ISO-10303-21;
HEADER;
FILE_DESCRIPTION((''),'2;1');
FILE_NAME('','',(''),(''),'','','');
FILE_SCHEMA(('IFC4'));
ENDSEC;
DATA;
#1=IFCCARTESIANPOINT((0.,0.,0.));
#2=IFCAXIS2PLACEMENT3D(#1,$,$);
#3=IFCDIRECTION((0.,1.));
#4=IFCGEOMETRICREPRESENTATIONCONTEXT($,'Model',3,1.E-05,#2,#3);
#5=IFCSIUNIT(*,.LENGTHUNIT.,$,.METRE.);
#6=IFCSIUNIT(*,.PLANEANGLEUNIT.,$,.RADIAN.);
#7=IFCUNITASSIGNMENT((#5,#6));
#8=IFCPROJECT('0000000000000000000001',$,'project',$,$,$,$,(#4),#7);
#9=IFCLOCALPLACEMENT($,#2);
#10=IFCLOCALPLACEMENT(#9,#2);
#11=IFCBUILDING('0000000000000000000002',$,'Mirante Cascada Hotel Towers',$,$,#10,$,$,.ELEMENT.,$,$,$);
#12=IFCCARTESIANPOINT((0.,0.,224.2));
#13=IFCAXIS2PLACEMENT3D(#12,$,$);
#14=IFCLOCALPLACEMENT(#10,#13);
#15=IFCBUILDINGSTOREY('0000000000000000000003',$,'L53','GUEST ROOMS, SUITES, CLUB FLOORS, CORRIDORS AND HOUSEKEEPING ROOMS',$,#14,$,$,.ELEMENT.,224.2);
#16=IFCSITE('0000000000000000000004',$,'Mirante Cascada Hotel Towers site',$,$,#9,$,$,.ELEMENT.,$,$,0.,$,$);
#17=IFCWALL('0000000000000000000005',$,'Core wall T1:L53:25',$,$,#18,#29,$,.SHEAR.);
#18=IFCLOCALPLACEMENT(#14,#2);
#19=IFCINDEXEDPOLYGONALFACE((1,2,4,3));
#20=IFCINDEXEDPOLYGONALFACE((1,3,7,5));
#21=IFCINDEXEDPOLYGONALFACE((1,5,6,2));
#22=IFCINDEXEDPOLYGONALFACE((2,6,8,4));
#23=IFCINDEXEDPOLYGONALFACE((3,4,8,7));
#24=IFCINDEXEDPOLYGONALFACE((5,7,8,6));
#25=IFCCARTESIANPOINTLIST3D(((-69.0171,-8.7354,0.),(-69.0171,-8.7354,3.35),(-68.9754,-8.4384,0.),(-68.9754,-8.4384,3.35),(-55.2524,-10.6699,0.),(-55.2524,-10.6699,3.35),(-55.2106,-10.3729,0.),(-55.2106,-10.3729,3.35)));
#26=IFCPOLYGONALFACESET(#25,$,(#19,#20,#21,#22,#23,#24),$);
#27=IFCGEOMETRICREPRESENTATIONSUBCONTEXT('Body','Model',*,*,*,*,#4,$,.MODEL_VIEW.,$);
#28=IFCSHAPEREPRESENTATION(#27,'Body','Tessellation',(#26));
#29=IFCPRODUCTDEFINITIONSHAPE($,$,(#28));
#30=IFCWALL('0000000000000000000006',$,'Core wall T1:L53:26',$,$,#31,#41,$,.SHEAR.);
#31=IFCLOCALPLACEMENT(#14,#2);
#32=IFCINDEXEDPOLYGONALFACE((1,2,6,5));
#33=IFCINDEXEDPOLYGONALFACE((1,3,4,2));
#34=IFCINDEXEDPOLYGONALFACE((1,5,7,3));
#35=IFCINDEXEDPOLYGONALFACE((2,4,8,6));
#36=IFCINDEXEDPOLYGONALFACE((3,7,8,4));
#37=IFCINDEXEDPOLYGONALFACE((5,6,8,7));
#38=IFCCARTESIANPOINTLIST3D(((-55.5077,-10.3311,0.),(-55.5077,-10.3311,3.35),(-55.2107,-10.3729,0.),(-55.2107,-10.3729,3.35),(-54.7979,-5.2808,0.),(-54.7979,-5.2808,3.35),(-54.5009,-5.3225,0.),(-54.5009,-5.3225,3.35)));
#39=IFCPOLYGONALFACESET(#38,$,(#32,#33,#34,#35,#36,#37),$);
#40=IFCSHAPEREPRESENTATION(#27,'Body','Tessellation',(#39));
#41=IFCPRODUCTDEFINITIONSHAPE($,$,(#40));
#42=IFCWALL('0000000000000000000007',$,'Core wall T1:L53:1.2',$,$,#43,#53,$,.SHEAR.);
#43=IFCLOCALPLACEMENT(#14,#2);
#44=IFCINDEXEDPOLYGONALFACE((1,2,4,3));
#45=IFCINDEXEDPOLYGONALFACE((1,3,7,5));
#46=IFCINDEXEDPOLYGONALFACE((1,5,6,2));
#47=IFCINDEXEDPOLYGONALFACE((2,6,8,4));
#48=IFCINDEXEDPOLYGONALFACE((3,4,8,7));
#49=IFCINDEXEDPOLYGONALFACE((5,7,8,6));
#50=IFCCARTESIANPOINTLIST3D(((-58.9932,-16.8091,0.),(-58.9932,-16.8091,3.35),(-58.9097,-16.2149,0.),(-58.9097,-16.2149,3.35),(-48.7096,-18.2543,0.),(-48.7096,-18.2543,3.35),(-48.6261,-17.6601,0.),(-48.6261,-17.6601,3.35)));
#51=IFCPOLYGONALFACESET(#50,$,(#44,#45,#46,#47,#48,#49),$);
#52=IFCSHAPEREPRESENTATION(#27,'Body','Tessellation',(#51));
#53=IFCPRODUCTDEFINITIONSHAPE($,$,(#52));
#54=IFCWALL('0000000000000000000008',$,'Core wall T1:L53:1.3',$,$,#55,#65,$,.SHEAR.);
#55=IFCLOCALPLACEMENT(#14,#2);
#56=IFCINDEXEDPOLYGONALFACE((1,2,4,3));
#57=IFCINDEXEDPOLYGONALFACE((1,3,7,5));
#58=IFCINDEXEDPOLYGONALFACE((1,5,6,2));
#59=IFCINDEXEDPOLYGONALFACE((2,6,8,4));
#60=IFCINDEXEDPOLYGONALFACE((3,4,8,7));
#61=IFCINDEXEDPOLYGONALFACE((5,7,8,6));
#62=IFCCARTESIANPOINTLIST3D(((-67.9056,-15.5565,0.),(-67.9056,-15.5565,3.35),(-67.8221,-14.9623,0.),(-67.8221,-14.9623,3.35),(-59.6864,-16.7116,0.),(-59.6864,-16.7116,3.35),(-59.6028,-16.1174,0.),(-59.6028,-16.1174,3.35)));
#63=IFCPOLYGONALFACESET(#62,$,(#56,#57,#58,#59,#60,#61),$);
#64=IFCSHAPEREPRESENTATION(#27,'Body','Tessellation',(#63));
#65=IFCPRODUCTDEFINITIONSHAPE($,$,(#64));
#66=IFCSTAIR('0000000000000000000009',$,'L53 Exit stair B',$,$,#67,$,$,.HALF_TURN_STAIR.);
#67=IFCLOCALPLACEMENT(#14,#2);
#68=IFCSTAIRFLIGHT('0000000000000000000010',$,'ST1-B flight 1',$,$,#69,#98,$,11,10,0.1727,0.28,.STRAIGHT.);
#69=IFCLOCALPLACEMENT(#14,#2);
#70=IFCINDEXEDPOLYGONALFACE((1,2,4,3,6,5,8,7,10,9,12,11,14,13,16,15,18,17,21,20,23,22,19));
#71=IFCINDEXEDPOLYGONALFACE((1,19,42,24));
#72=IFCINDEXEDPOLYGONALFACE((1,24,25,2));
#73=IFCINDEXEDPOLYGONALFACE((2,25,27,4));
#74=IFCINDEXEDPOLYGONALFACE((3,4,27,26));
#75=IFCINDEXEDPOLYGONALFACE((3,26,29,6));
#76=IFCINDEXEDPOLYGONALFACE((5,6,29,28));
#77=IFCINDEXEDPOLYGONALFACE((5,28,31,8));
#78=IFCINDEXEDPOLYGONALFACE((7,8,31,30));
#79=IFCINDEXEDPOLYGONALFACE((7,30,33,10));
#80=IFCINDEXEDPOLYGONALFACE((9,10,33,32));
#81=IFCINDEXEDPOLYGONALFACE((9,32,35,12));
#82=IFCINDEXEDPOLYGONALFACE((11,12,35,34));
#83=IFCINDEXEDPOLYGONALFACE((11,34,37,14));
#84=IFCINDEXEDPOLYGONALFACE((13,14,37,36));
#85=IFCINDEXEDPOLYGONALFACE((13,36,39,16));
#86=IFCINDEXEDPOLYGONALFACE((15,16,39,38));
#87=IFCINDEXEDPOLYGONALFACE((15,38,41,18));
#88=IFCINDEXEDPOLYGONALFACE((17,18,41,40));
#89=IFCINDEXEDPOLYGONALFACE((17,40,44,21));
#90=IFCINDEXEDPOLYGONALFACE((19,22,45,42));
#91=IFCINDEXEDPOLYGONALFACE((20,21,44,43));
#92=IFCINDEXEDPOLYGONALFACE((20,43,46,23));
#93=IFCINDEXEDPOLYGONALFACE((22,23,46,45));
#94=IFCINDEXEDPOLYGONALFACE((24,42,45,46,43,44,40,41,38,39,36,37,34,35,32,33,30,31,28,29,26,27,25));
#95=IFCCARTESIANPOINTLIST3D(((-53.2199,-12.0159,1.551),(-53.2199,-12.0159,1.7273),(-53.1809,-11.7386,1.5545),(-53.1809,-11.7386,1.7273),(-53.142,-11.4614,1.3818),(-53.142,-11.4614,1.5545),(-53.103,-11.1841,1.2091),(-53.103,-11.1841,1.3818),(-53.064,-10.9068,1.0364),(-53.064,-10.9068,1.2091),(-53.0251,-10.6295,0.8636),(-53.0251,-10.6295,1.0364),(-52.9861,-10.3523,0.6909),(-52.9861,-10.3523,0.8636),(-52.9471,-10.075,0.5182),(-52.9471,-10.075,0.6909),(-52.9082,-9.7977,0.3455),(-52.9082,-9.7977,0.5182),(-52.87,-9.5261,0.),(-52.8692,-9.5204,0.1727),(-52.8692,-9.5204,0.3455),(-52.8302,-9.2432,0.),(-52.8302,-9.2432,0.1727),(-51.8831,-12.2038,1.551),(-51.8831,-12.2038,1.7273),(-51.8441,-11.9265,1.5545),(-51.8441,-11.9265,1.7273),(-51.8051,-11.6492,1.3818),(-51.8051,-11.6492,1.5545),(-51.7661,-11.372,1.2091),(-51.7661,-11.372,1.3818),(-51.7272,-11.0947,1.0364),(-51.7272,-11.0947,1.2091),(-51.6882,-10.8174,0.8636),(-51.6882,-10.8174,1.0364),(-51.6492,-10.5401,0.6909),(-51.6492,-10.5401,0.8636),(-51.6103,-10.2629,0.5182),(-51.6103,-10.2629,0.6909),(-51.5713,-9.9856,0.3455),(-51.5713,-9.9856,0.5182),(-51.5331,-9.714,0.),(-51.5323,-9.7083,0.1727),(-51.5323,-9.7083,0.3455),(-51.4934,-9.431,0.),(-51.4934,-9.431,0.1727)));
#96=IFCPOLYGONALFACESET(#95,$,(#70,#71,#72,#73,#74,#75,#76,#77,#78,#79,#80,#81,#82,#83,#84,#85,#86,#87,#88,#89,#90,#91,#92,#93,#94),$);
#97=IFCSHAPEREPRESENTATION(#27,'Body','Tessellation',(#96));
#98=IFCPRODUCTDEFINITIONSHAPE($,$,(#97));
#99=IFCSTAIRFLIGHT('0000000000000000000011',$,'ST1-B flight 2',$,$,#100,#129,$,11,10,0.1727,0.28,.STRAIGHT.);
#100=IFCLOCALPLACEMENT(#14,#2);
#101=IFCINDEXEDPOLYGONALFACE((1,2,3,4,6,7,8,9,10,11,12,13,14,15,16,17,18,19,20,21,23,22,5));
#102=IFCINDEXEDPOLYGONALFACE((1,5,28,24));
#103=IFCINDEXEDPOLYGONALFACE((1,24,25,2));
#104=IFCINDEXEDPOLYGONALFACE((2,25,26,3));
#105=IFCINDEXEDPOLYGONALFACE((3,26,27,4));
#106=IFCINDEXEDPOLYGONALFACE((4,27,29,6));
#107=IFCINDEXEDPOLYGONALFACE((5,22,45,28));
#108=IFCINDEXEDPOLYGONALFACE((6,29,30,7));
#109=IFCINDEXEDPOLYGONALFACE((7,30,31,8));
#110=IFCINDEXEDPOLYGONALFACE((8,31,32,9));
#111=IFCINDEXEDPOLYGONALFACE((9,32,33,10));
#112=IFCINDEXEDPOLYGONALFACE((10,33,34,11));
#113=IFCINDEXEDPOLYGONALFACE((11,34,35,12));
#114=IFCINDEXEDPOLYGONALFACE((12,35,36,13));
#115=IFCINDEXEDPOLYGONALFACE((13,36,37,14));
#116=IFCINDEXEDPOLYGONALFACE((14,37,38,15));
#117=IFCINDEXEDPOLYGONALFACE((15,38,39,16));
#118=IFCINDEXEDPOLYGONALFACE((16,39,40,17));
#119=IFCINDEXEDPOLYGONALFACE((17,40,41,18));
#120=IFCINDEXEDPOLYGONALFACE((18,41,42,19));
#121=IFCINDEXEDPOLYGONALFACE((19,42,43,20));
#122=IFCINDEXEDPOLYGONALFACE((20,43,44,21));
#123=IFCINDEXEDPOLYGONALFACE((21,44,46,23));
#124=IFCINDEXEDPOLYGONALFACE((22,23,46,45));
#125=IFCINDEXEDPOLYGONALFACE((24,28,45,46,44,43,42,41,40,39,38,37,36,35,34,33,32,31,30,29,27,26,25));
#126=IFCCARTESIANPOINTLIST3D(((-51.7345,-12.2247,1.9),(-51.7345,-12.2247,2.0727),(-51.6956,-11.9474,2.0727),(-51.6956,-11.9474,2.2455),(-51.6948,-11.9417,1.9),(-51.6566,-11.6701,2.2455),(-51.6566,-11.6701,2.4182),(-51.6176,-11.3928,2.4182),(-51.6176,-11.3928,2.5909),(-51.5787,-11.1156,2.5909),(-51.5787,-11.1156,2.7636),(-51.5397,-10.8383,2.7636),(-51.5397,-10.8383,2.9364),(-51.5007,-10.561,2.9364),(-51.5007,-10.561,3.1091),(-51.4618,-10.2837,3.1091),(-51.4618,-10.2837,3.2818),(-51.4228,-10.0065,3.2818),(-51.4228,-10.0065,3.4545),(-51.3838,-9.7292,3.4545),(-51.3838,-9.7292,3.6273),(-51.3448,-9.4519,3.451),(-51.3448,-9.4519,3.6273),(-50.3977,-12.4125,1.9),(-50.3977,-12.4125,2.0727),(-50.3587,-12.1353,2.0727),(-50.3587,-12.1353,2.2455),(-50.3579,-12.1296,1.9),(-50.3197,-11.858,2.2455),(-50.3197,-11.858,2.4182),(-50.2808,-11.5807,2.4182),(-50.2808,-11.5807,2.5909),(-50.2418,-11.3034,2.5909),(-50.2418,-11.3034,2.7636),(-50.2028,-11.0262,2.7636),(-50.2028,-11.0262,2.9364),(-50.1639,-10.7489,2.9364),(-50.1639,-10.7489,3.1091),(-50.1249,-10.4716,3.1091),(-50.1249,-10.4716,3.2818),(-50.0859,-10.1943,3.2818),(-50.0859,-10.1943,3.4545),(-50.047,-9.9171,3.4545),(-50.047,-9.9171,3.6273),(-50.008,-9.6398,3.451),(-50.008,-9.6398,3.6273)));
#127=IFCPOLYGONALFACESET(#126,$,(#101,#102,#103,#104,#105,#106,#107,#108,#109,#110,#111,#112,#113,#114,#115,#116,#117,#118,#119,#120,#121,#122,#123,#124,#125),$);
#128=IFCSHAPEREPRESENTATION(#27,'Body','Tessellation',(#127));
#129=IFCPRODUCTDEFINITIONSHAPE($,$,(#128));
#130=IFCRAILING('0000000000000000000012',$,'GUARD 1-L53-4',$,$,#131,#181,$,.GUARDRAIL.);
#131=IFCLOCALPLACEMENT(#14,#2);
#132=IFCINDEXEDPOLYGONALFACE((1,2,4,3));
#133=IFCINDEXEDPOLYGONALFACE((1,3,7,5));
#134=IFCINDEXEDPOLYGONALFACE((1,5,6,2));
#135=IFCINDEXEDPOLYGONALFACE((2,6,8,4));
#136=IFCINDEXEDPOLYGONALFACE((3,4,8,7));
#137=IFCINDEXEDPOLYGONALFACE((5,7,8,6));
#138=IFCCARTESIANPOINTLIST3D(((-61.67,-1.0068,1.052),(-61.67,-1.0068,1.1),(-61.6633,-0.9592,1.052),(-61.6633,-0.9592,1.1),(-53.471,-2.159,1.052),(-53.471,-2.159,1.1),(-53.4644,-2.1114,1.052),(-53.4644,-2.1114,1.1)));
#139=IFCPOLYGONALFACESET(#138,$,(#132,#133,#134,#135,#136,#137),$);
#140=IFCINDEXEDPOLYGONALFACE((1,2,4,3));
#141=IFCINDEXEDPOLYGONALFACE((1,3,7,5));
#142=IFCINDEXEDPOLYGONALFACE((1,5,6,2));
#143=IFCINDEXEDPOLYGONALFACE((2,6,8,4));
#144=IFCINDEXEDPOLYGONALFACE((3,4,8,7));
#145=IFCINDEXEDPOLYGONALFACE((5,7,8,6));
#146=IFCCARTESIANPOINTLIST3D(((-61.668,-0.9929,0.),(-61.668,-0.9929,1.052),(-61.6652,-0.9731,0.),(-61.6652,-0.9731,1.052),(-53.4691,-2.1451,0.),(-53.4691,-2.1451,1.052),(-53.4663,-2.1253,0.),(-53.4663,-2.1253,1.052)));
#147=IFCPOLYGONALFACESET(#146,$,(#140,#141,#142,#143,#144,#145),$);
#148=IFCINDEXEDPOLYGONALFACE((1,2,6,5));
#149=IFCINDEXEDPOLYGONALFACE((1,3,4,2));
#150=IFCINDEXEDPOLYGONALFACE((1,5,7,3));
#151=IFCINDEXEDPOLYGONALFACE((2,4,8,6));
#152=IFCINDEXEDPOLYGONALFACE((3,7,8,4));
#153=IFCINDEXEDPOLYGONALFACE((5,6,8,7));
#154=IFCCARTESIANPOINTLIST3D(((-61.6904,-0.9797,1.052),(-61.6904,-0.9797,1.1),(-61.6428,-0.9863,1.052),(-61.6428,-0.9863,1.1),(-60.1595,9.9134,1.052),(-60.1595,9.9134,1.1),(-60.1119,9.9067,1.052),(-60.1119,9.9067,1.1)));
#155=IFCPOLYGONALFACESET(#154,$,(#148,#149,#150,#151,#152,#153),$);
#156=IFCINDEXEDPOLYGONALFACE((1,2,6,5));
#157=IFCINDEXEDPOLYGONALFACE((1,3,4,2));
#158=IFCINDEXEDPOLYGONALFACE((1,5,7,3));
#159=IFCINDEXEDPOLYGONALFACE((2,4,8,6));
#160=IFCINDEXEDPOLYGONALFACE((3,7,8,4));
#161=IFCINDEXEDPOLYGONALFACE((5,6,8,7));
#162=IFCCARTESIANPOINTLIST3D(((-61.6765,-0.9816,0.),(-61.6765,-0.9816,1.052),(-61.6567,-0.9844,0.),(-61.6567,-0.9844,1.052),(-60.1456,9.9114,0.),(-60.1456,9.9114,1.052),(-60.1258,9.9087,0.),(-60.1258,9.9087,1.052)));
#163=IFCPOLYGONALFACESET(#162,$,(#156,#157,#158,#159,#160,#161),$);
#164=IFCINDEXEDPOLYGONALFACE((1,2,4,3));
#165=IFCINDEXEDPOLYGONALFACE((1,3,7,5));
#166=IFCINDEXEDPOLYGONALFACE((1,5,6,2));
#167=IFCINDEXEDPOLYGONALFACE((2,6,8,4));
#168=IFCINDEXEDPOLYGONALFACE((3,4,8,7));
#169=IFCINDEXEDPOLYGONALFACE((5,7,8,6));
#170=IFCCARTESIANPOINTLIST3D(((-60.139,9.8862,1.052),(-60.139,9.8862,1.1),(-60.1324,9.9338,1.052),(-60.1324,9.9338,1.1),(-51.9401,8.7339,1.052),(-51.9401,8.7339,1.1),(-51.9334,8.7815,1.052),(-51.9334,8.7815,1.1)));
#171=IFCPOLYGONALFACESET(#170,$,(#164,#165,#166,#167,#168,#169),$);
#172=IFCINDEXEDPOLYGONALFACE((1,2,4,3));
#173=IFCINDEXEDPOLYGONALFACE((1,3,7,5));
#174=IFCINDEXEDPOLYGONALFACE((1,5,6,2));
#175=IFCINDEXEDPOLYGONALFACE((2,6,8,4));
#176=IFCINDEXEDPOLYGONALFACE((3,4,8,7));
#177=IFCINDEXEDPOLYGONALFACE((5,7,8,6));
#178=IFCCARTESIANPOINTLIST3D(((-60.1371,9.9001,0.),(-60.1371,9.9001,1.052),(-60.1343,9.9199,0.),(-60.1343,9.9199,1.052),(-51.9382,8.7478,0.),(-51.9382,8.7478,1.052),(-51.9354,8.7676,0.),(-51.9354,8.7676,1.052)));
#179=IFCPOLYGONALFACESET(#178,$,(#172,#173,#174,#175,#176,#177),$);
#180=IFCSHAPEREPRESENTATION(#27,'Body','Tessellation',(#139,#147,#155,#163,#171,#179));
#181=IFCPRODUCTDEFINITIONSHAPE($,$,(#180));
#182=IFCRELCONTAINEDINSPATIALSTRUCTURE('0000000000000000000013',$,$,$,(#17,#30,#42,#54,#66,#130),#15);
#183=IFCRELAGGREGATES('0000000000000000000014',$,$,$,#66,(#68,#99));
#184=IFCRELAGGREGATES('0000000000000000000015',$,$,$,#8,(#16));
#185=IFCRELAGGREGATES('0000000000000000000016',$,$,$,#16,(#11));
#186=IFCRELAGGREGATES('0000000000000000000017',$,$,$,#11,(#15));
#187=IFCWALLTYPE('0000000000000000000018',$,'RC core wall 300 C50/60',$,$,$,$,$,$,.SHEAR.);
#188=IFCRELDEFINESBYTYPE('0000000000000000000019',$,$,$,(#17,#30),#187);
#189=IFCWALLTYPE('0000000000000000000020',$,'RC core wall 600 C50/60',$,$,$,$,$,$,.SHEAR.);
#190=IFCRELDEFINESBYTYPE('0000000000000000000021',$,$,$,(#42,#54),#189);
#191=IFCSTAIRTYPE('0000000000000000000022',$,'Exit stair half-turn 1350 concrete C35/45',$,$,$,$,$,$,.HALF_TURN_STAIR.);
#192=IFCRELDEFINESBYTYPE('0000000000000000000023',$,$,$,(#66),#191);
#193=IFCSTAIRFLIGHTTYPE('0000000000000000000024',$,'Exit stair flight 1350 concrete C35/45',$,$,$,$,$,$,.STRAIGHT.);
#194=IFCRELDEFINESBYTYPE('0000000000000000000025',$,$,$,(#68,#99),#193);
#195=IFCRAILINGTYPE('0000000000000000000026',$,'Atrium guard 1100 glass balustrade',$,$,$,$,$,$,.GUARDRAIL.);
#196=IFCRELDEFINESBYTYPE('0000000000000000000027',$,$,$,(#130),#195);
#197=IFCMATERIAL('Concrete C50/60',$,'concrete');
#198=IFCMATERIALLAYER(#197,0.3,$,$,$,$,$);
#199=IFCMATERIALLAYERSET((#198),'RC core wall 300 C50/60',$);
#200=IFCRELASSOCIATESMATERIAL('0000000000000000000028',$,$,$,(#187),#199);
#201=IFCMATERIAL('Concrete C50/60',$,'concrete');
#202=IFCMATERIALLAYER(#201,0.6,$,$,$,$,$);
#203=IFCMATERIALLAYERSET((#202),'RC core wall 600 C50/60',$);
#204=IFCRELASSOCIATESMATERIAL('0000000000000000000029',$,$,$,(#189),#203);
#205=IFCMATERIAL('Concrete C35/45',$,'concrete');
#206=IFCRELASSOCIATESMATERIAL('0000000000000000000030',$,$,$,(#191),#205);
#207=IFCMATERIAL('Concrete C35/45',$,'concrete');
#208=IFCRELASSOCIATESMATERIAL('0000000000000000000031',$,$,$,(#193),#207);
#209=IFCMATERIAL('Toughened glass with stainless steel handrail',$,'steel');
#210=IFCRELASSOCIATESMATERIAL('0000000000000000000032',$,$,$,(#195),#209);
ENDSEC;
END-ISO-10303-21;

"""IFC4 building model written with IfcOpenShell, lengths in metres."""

from ifc_helpers import new_model, si_unit, direction, frame, frame_2d, origin, origin_2d, place, context, subcontext, project, spatial, polyline, rectangle, outline, extrude, material, layer, layer_set, type_object, element, aggregate, save


model = new_model("IFC4")

# Units and contexts
model_context = context("Model", 3, precision=1e-05, world=origin(), true_north=direction((0.0, 1.0)))
body_context = subcontext(model_context, "Body", "Model", "MODEL_VIEW")
ifc_project = project(units=[si_unit("LENGTHUNIT", "METRE"), si_unit("PLANEANGLEUNIT", "RADIAN")], contexts=[model_context])

# Site, building, storey
site_placement = place(None, origin())
site = spatial("IfcSite", under=ifc_project, at=site_placement, Name="Mirante Cascada Hotel Towers site", CompositionType="ELEMENT", RefElevation=0.0)
building_placement = place(site_placement, origin())
building = spatial("IfcBuilding", under=site, at=building_placement, Name="Mirante Cascada Hotel Towers", CompositionType="ELEMENT")
storey_placement = place(building_placement, frame((0.0, 0.0, 224.2)))
storey = spatial("IfcBuildingStorey", under=building, at=storey_placement, Name="L53", Description="GUEST ROOMS, SUITES, CLUB FLOORS, CORRIDORS AND HOUSEKEEPING ROOMS", CompositionType="ELEMENT", Elevation=224.2)

# Shared definitions
ifc_material_1 = material(Name="Concrete C50/60", Category="concrete")
ifc_layer_1 = layer(ifc_material_1, 0.3)
ifc_layer_set_1 = layer_set([ifc_layer_1], Name="RC core wall 300 C50/60")
wall_type_1 = type_object("IfcWallType", Name="RC core wall 300 C50/60", PredefinedType="SHEAR", material=ifc_layer_set_1)

# Walls
wall_1_placement = place(storey_placement, frame((-55.2315, -10.5214, 0.0), z_axis=(0.0, 0.0, 1.0), x_axis=(-0.990268, 0.139173, 0.0)))
element("IfcWall", 1, at=wall_1_placement, inside=storey, type_object=wall_type_1, Name="Core wall T1:L53:25", PredefinedType="SHEAR", context=body_context, shape_type="SweptSolid", body=[
    extrude(rectangle(XDim=13.9, YDim=0.3, at=frame_2d((6.95, 0.0))), origin(), (0.0, 0.0, 1.0), 3.35),
])
wall_2_placement = place(storey_placement, frame((-55.3592, -10.352, 0.0), z_axis=(0.0, 0.0, 1.0), x_axis=(0.139176, 0.990268, 0.0)))
element("IfcWall", 2, at=wall_2_placement, inside=storey, type_object=wall_type_1, Name="Core wall T1:L53:26", PredefinedType="SHEAR", context=body_context, shape_type="SweptSolid", body=[
    extrude(rectangle(XDim=5.1, YDim=0.3, at=frame_2d((2.55, 0.0))), origin(), (0.0, 0.0, 1.0), 3.35),
])
ifc_material_2 = material(Name="Concrete C50/60", Category="concrete")
ifc_layer_2 = layer(ifc_material_2, 0.6)
ifc_layer_set_2 = layer_set([ifc_layer_2], Name="RC core wall 600 C50/60")
wall_type_2 = type_object("IfcWallType", Name="RC core wall 600 C50/60", PredefinedType="SHEAR", material=ifc_layer_set_2)
wall_3_placement = place(storey_placement, frame((-48.6678, -17.9572, 0.0), z_axis=(0.0, 0.0, 1.0), x_axis=(-0.990269, 0.139167, 0.0)))
element("IfcWall", 3, at=wall_3_placement, inside=storey, type_object=wall_type_2, Name="Core wall T1:L53:1.2", PredefinedType="SHEAR", context=body_context, shape_type="SweptSolid", body=[
    extrude(rectangle(XDim=10.3847, YDim=0.6, at=frame_2d((5.1924, 0.0))), origin(), (0.0, 0.0, 1.0), 3.35),
])
wall_4_placement = place(storey_placement, frame((-59.6446, -16.4145, 0.0), z_axis=(0.0, 0.0, 1.0), x_axis=(-0.990269, 0.139169, 0.0)))
element("IfcWall", 4, at=wall_4_placement, inside=storey, type_object=wall_type_2, Name="Core wall T1:L53:1.3", PredefinedType="SHEAR", context=body_context, shape_type="SweptSolid", body=[
    extrude(rectangle(XDim=8.3, YDim=0.6, at=frame_2d((4.15, 0.0))), origin(), (0.0, 0.0, 1.0), 3.35),
])

# Stair, stair flights
ifc_material_3 = material(Name="Concrete C35/45", Category="concrete")
stair_type = type_object("IfcStairType", Name="Exit stair half-turn 1350 concrete C35/45", PredefinedType="HALF_TURN_STAIR", material=ifc_material_3)
stair_placement = place(storey_placement, origin())
stair = element("IfcStair", 5, at=stair_placement, inside=storey, type_object=stair_type, Name="L53 Exit stair B", PredefinedType="HALF_TURN_STAIR")
ifc_material_4 = material(Name="Concrete C35/45", Category="concrete")
stair_flight_type = type_object("IfcStairFlightType", Name="Exit stair flight 1350 concrete C35/45", PredefinedType="STRAIGHT", material=ifc_material_4)
stair_flight_1_placement = place(storey_placement, frame((-52.1618, -9.3371, 0.0), z_axis=(0.0, 0.0, 1.0), x_axis=(-0.139173, -0.990268, 0.0)))
stair_flight_1 = element("IfcStairFlight", 6, at=stair_flight_1_placement, type_object=stair_flight_type, Name="ST1-B flight 1", NumberOfRisers=11, NumberOfTreads=10, PredefinedType="STRAIGHT", RiserHeight=0.1727, TreadLength=0.28, context=body_context, shape_type="SweptSolid", body=[
    extrude(outline(polyline([(0.0, 0.0), (0.0, 0.1727), (0.28, 0.1727), (0.28, 0.3455), (0.56, 0.3455), (0.56, 0.5182), (0.84, 0.5182), (0.84, 0.6909), (1.12, 0.6909), (1.12, 0.8636), (1.4, 0.8636), (1.4, 1.0364), (1.68, 1.0364), (1.68, 1.2091), (1.96, 1.2091), (1.96, 1.3818), (2.24, 1.3818), (2.24, 1.5545), (2.52, 1.5545), (2.52, 1.7273), (2.8, 1.7273), (2.8, 1.9), (2.8, 1.551), (0.2857, 0.0), (0.0, 0.0)])), frame((0.0, 0.675, 0.0), z_axis=(0.0, -1.0, 0.0), x_axis=(1.0, 0.0, 0.0)), (0.0, 0.0, 1.0), 1.35),
])
stair_flight_2_placement = place(storey_placement, frame((-51.0661, -12.3186, 1.9), z_axis=(0.0, 0.0, 1.0), x_axis=(0.139173, 0.990268, 0.0)))
stair_flight_2 = element("IfcStairFlight", 7, at=stair_flight_2_placement, type_object=stair_flight_type, Name="ST1-B flight 2", NumberOfRisers=11, NumberOfTreads=10, PredefinedType="STRAIGHT", RiserHeight=0.1727, TreadLength=0.28, context=body_context, shape_type="SweptSolid", body=[
    extrude(outline(polyline([(0.0, 0.0), (0.0, 0.1727), (0.28, 0.1727), (0.28, 0.3455), (0.56, 0.3455), (0.56, 0.5182), (0.84, 0.5182), (0.84, 0.6909), (1.12, 0.6909), (1.12, 0.8636), (1.4, 0.8636), (1.4, 1.0364), (1.68, 1.0364), (1.68, 1.2091), (1.96, 1.2091), (1.96, 1.3818), (2.24, 1.3818), (2.24, 1.5545), (2.52, 1.5545), (2.52, 1.7273), (2.8, 1.7273), (2.8, 1.9), (2.8, 1.551), (0.2857, 0.0), (0.0, 0.0)])), frame((0.0, 0.675, 0.0), z_axis=(0.0, -1.0, 0.0), x_axis=(1.0, 0.0, 0.0)), (0.0, 0.0, 1.0), 1.35),
])
aggregate(stair, [stair_flight_1, stair_flight_2])

# Railing
ifc_material_5 = material(Name="Toughened glass with stainless steel handrail", Category="steel")
railing_type_1 = type_object("IfcRailingType", Name="Atrium guard 1100 glass balustrade", PredefinedType="GUARDRAIL", material=ifc_material_5)
railing_1_placement = place(storey_placement, frame((-53.4677, -2.1352, 0.0)))
element("IfcRailing", 8, at=railing_1_placement, inside=storey, type_object=railing_type_1, Name="GUARD 1-L53-4", PredefinedType="GUARDRAIL", context=body_context, shape_type="SweptSolid", body=[
    extrude(rectangle(XDim=0.048, YDim=0.048, at=origin_2d()), frame((0.0, 0.0, 1.076), z_axis=(-0.990269, 0.139164, 0.0), x_axis=(-0.139164, -0.990269, 0.0)), (0.0, 0.0, 1.0), 8.2795),
    extrude(rectangle(XDim=0.02, YDim=1.052, at=origin_2d()), frame((0.0, 0.0, 0.526), z_axis=(-0.990269, 0.139164, 0.0), x_axis=(-0.139164, -0.990269, 0.0)), (0.0, 0.0, 1.0), 8.2795),
    extrude(rectangle(XDim=0.048, YDim=0.048, at=origin_2d()), frame((-8.1989, 1.1522, 1.076), z_axis=(0.139172, 0.990268, 0.0), x_axis=(-0.990268, 0.139172, 0.0)), (0.0, 0.0, 1.0), 11.0001),
    extrude(rectangle(XDim=0.02, YDim=1.052, at=origin_2d()), frame((-8.1989, 1.1522, 0.526), z_axis=(0.139172, 0.990268, 0.0), x_axis=(-0.990268, 0.139172, 0.0)), (0.0, 0.0, 1.0), 11.0001),
    extrude(rectangle(XDim=0.048, YDim=0.048, at=origin_2d()), frame((-6.668, 12.0452, 1.076), z_axis=(0.990268, -0.139175, 0.0), x_axis=(0.139175, 0.990268, 0.0)), (0.0, 0.0, 1.0), 8.2795),
    extrude(rectangle(XDim=0.02, YDim=1.052, at=origin_2d()), frame((-6.668, 12.0452, 0.526), z_axis=(0.990268, -0.139175, 0.0), x_axis=(0.139175, 0.990268, 0.0)), (0.0, 0.0, 1.0), 8.2795),
])

save(model, "model.ifc")
